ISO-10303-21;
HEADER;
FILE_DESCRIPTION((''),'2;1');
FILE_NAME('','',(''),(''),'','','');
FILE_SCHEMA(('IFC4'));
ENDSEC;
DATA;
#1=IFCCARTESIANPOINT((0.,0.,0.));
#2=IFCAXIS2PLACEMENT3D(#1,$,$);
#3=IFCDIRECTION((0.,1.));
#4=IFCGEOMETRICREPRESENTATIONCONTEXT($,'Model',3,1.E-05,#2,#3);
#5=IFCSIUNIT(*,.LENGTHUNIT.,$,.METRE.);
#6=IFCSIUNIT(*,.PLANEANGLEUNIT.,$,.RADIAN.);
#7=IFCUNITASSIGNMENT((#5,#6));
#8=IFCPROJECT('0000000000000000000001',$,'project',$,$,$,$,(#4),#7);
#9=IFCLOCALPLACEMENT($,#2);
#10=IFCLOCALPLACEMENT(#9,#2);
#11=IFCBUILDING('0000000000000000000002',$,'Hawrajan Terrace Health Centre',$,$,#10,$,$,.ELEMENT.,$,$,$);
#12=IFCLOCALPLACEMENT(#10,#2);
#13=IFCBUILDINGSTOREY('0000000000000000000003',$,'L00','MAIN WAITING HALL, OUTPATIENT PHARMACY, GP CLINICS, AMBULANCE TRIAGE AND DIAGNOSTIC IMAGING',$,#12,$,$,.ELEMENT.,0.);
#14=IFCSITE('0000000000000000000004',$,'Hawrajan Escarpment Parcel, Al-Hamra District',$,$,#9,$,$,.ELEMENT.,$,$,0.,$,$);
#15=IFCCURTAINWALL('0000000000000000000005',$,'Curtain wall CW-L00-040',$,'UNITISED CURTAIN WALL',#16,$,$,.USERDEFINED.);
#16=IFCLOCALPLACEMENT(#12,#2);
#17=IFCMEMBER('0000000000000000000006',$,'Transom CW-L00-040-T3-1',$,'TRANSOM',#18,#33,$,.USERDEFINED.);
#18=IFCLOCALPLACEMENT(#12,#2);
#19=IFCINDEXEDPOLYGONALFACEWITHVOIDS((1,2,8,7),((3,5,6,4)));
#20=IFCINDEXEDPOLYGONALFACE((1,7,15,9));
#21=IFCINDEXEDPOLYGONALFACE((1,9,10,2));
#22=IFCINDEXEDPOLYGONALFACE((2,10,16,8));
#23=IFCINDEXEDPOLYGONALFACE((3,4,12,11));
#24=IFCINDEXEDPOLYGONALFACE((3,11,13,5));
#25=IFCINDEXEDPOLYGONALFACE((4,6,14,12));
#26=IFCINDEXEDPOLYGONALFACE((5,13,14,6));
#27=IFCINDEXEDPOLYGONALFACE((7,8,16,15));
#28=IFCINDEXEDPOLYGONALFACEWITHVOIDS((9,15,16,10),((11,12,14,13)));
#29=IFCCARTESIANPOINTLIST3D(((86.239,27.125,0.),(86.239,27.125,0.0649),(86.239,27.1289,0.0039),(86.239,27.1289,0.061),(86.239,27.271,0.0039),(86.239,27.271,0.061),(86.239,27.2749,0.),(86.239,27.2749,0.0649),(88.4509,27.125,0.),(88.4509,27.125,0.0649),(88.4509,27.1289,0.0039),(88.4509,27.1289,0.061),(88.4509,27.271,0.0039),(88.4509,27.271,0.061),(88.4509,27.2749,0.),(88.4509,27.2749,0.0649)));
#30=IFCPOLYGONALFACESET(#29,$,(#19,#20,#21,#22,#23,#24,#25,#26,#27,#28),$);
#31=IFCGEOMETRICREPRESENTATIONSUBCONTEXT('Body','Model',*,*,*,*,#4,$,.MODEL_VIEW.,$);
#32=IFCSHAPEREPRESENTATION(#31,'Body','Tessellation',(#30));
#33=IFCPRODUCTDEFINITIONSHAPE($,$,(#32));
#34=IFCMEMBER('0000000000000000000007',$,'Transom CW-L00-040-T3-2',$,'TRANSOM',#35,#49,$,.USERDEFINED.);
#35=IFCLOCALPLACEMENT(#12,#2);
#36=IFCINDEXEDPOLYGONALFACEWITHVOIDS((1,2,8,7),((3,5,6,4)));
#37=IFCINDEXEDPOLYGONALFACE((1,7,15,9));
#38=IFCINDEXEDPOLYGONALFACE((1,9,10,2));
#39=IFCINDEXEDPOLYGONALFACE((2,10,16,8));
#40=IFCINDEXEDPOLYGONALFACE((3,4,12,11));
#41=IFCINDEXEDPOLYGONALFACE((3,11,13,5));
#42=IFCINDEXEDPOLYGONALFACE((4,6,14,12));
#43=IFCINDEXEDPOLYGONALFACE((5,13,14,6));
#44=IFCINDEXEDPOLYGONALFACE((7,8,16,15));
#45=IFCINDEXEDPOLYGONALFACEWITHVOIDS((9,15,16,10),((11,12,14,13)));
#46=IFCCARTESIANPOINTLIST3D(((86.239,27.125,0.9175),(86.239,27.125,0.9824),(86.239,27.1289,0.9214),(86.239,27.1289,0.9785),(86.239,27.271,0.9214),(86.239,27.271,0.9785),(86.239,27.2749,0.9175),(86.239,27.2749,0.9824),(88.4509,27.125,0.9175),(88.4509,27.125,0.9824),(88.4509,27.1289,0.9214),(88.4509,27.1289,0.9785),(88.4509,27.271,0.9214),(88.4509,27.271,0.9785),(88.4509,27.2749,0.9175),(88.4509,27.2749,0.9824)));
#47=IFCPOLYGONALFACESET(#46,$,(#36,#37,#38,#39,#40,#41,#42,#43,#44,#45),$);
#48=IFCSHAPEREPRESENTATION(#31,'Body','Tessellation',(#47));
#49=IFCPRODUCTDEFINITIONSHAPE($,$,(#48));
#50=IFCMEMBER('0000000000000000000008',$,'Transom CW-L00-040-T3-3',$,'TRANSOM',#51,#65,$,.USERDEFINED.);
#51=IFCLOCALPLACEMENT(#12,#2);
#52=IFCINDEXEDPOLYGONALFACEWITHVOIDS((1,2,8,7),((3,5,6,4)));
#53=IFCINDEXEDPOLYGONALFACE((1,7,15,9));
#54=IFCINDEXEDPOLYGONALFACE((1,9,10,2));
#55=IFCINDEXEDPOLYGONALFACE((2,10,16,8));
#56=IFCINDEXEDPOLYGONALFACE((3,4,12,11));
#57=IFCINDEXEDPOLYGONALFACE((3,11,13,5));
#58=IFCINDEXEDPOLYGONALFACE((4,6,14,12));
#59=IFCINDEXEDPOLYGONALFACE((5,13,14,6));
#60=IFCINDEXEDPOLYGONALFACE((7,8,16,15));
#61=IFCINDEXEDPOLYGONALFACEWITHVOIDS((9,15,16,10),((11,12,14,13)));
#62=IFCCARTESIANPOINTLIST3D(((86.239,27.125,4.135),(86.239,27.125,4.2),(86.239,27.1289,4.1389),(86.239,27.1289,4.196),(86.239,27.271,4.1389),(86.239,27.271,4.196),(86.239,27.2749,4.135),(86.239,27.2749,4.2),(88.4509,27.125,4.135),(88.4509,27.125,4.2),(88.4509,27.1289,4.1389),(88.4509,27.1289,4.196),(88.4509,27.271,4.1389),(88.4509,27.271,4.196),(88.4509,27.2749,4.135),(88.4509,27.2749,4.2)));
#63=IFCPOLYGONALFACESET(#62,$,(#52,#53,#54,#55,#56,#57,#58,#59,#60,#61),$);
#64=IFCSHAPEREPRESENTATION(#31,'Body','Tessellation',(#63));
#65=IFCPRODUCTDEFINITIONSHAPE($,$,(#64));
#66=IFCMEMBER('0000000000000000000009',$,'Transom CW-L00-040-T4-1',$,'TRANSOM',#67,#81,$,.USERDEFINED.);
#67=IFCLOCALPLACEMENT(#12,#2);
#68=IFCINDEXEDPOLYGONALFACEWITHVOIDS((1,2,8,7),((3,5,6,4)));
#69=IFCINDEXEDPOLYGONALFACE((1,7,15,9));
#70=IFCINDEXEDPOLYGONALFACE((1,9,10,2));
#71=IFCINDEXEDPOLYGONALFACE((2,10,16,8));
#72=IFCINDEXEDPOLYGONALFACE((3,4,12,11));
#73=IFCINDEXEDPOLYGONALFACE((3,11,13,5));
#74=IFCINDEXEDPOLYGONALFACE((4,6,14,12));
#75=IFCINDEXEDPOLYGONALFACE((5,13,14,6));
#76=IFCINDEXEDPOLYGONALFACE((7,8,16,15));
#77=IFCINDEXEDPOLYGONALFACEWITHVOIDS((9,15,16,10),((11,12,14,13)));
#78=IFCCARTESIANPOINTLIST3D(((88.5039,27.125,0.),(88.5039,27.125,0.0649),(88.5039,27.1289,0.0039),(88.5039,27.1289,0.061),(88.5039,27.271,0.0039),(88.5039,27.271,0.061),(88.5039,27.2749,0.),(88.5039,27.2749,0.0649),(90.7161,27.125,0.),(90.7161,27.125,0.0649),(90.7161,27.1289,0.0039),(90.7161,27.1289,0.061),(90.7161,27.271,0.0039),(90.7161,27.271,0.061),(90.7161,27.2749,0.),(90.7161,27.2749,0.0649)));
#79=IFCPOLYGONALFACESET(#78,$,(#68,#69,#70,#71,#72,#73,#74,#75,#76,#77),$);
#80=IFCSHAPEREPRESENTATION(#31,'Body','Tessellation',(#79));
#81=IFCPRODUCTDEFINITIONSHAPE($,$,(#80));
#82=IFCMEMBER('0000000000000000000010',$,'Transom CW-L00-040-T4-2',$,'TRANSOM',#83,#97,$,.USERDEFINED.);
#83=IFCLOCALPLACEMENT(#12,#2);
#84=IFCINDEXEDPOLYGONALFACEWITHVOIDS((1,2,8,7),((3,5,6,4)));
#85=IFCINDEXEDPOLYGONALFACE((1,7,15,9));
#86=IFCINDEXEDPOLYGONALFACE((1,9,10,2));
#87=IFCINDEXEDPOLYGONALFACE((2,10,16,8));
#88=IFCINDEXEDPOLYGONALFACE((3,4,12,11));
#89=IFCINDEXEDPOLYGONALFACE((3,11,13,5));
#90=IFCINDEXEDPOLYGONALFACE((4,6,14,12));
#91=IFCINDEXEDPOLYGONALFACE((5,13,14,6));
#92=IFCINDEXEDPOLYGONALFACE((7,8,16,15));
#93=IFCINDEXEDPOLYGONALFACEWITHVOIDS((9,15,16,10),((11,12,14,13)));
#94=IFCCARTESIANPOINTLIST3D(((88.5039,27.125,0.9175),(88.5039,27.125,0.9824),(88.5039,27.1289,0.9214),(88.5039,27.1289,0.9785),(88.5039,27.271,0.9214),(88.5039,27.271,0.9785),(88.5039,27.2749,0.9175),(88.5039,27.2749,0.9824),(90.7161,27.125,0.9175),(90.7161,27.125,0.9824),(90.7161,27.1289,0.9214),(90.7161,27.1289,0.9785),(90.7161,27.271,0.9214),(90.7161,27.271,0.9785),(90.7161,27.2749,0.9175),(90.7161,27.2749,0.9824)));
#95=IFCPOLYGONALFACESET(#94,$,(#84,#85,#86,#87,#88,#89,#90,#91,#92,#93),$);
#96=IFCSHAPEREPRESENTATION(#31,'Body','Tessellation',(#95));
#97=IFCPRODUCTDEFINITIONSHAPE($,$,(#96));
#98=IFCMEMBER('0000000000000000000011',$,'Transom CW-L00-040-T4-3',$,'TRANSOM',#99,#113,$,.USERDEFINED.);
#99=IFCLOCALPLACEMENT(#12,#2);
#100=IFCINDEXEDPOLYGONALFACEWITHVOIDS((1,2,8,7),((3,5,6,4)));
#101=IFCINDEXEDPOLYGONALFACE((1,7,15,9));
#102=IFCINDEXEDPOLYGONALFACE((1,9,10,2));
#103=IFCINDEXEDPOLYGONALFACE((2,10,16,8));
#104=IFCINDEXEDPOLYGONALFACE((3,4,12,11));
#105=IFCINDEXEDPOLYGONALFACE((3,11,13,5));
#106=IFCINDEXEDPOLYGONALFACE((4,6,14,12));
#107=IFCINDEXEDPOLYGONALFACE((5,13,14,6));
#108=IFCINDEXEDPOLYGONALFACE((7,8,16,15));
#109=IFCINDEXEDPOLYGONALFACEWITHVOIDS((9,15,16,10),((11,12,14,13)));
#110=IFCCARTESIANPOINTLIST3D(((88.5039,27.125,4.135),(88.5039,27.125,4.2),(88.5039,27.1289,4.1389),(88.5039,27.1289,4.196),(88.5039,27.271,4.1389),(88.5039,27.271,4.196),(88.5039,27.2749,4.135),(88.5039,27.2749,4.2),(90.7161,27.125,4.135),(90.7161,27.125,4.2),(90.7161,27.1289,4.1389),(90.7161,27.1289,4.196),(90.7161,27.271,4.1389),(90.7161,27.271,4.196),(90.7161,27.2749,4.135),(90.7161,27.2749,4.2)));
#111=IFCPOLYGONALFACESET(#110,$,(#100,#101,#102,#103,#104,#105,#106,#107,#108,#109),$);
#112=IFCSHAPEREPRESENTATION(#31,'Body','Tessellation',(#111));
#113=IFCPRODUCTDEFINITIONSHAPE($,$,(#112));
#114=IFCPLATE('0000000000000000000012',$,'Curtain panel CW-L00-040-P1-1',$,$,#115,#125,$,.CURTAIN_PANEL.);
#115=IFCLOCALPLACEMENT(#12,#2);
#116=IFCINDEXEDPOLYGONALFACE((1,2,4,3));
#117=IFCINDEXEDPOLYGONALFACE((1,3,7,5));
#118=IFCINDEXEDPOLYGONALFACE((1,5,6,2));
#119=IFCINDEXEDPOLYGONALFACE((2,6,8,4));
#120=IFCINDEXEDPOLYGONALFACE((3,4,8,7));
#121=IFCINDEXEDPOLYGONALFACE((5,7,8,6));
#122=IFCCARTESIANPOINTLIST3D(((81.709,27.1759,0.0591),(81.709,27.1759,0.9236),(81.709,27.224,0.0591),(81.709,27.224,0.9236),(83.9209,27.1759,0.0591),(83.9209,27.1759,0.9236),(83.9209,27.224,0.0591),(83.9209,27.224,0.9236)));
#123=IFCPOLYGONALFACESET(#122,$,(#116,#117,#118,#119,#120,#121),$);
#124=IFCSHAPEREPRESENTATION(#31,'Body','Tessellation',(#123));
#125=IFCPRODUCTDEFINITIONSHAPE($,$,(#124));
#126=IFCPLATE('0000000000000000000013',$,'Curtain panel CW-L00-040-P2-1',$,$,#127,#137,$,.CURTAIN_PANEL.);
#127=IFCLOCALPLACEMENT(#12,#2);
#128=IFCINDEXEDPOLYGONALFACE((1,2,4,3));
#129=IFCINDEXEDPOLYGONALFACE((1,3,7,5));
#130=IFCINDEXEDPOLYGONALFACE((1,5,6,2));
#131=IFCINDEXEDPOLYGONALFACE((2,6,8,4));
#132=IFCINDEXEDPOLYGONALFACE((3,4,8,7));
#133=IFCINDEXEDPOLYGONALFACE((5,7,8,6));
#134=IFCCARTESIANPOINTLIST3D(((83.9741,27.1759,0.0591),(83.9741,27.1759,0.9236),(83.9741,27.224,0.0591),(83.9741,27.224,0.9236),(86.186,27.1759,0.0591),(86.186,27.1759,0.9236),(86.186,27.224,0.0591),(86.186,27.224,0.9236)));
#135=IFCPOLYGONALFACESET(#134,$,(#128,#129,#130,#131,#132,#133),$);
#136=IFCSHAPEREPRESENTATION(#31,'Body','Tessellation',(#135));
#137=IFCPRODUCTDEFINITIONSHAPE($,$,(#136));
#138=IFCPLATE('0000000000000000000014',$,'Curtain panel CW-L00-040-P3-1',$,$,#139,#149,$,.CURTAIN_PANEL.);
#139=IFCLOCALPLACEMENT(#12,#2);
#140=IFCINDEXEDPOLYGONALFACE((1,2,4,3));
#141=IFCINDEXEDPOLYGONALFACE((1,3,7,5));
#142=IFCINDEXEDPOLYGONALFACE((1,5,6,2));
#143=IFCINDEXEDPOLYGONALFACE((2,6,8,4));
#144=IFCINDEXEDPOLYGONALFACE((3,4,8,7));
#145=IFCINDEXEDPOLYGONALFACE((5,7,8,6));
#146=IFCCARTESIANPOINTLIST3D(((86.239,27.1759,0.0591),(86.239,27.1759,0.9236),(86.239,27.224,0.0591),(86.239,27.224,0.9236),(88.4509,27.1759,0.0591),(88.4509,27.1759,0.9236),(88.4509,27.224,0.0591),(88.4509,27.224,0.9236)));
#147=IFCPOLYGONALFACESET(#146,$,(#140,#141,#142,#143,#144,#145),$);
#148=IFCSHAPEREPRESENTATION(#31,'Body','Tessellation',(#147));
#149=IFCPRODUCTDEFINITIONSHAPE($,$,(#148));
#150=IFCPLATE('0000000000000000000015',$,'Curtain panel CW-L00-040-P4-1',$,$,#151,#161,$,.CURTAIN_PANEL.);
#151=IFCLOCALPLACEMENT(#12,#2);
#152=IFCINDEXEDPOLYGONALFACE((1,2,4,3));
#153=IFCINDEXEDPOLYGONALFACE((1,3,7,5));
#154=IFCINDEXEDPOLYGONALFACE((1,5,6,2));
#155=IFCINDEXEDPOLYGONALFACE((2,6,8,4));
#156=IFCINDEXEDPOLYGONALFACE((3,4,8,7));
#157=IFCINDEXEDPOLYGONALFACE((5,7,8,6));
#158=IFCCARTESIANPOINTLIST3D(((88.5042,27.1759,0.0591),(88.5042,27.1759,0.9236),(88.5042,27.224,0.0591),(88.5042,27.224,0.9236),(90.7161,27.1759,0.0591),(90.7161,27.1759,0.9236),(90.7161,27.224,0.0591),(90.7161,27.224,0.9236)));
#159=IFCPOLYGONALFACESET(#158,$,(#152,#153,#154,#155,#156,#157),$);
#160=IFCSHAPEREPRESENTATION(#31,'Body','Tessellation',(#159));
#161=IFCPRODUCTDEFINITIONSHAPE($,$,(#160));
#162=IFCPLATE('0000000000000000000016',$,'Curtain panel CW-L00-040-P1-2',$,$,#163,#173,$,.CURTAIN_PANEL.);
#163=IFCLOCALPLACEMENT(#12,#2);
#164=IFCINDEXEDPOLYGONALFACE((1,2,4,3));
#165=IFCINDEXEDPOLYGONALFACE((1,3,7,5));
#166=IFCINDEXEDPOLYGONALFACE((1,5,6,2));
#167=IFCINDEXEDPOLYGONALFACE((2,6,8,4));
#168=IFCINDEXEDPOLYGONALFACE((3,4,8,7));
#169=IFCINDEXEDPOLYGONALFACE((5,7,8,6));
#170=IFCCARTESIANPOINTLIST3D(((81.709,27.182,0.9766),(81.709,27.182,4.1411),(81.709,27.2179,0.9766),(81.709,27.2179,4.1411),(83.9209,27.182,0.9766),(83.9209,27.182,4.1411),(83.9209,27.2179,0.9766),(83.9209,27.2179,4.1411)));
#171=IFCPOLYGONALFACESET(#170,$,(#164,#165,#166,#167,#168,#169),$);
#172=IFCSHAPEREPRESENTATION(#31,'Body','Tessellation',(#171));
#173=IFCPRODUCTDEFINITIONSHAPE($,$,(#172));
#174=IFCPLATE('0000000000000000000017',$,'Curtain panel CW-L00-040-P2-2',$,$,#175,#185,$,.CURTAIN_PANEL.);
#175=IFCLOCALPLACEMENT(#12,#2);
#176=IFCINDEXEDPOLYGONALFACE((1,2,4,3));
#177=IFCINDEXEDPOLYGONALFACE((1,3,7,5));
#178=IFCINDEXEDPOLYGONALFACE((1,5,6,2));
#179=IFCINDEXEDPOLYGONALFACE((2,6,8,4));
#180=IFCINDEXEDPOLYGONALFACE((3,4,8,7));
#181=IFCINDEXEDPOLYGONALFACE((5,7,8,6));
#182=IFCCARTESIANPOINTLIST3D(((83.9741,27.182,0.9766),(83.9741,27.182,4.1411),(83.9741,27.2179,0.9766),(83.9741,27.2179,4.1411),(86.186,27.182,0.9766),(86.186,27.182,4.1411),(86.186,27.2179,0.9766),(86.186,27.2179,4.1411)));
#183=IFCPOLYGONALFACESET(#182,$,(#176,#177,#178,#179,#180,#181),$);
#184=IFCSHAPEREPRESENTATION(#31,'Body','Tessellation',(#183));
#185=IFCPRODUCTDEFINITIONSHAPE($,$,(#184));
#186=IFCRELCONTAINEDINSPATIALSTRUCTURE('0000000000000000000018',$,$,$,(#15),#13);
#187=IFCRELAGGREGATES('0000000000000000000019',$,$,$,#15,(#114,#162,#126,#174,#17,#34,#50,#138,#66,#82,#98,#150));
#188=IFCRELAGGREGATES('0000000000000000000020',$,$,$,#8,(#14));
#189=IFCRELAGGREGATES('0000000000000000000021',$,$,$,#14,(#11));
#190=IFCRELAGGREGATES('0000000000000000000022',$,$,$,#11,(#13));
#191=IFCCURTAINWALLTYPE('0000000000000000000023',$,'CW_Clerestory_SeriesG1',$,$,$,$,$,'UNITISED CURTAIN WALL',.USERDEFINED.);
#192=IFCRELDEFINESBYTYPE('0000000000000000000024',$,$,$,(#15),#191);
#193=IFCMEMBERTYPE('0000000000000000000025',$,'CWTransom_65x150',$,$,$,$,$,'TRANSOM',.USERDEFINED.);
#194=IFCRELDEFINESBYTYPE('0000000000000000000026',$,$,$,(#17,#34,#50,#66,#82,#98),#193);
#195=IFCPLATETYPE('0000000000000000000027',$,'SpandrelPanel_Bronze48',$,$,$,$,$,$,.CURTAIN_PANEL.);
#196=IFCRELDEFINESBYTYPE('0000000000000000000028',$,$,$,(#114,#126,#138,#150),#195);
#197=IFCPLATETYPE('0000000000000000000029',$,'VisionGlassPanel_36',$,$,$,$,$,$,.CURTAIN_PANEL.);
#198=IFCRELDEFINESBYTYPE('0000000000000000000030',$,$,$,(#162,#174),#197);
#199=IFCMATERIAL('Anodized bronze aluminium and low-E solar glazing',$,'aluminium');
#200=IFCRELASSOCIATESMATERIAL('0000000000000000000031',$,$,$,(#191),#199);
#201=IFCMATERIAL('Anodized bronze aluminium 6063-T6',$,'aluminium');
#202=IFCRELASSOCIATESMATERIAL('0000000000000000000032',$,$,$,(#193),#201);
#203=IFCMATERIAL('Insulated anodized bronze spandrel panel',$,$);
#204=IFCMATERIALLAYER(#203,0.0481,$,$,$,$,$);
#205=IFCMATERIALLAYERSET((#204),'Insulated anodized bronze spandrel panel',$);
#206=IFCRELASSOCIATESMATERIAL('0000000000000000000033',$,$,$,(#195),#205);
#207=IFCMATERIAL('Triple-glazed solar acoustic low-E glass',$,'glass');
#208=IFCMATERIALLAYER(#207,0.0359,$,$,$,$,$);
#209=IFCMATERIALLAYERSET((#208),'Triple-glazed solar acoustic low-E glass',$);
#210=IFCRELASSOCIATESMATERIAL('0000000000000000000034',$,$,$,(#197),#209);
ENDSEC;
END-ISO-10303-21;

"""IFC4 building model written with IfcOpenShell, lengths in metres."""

from ifc_helpers import new_model, si_unit, direction, frame, origin, origin_2d, place, context, subcontext, project, spatial, rectangle, hollow_rectangle, extrude, material, layer, layer_set, material_profile, profile_set, type_object, element, aggregate, save


model = new_model("IFC4")

# Units and contexts
model_context = context("Model", 3, precision=1e-05, world=origin(), true_north=direction((0.0, 1.0)))
body_context = subcontext(model_context, "Body", "Model", "MODEL_VIEW")
ifc_project = project(units=[si_unit("LENGTHUNIT", "METRE"), si_unit("PLANEANGLEUNIT", "RADIAN")], contexts=[model_context])

# Site, building, storey
site_placement = place(None, origin())
site = spatial("IfcSite", under=ifc_project, at=site_placement, Name="Hawrajan Escarpment Parcel, Al-Hamra District", CompositionType="ELEMENT", RefElevation=0.0)
building_placement = place(site_placement, origin())
building = spatial("IfcBuilding", under=site, at=building_placement, Name="Hawrajan Terrace Health Centre", CompositionType="ELEMENT")
storey_placement = place(building_placement, origin())
storey = spatial("IfcBuildingStorey", under=building, at=storey_placement, Name="L00", Description="MAIN WAITING HALL, OUTPATIENT PHARMACY, GP CLINICS, AMBULANCE TRIAGE AND DIAGNOSTIC IMAGING", CompositionType="ELEMENT", Elevation=0.0)

# Curtain wall, members, plates
ifc_material_1 = material(Name="Anodized bronze aluminium and low-E solar glazing", Category="aluminium")
curtain_wall_type = type_object("IfcCurtainWallType", Name="CW_Clerestory_SeriesG1", ElementType="UNITISED CURTAIN WALL", PredefinedType="USERDEFINED", material=ifc_material_1)
curtain_wall_placement = place(storey_placement, origin())
curtain_wall = element("IfcCurtainWall", 1, at=curtain_wall_placement, inside=storey, type_object=curtain_wall_type, Name="Curtain wall CW-L00-040", ObjectType="UNITISED CURTAIN WALL", PredefinedType="USERDEFINED")
ifc_material_2 = material(Name="Anodized bronze aluminium 6063-T6", Category="aluminium")
ifc_material_profile_1 = material_profile(ifc_material_2, hollow_rectangle(XDim=0.0649, YDim=0.1499, WallThickness=0.0039, at=origin_2d()), Name="CW TRN 65x150")
ifc_profile_set_1 = profile_set([ifc_material_profile_1], Name="Anodized bronze aluminium 6063-T6")
member_type_1 = type_object("IfcMemberType", Name="CWTransom_65x150", ElementType="TRANSOM", PredefinedType="USERDEFINED", material=ifc_profile_set_1)
member_1_placement = place(storey_placement, frame((86.239, 27.2, 0.0325), z_axis=(1.0, 0.0, 0.0), x_axis=(0.0, 0.0, 1.0)))
member_1 = element("IfcMember", 2, at=member_1_placement, type_object=member_type_1, Name="Transom CW-L00-040-T3-1", ObjectType="TRANSOM", PredefinedType="USERDEFINED", context=body_context, shape_type="SweptSolid", body=[
    extrude(hollow_rectangle(XDim=0.0649, YDim=0.1499, WallThickness=0.0039, at=origin_2d()), origin(), (0.0, 0.0, 1.0), 2.2119),
])
member_2_placement = place(storey_placement, frame((86.239, 27.2, 0.95), z_axis=(1.0, 0.0, 0.0), x_axis=(0.0, 0.0, 1.0)))
member_2 = element("IfcMember", 3, at=member_2_placement, type_object=member_type_1, Name="Transom CW-L00-040-T3-2", ObjectType="TRANSOM", PredefinedType="USERDEFINED", context=body_context, shape_type="SweptSolid", body=[
    extrude(hollow_rectangle(XDim=0.0649, YDim=0.1499, WallThickness=0.0039, at=origin_2d()), origin(), (0.0, 0.0, 1.0), 2.2119),
])
member_3_placement = place(storey_placement, frame((86.239, 27.2, 4.1675), z_axis=(1.0, 0.0, 0.0), x_axis=(0.0, 0.0, 1.0)))
member_3 = element("IfcMember", 4, at=member_3_placement, type_object=member_type_1, Name="Transom CW-L00-040-T3-3", ObjectType="TRANSOM", PredefinedType="USERDEFINED", context=body_context, shape_type="SweptSolid", body=[
    extrude(hollow_rectangle(XDim=0.0649, YDim=0.1499, WallThickness=0.0039, at=origin_2d()), origin(), (0.0, 0.0, 1.0), 2.2119),
])
member_4_placement = place(storey_placement, frame((88.5039, 27.2, 0.0325), z_axis=(1.0, 0.0, 0.0), x_axis=(0.0, 0.0, 1.0)))
member_4 = element("IfcMember", 5, at=member_4_placement, type_object=member_type_1, Name="Transom CW-L00-040-T4-1", ObjectType="TRANSOM", PredefinedType="USERDEFINED", context=body_context, shape_type="SweptSolid", body=[
    extrude(hollow_rectangle(XDim=0.0649, YDim=0.1499, WallThickness=0.0039, at=origin_2d()), origin(), (0.0, 0.0, 1.0), 2.2122),
])
member_5_placement = place(storey_placement, frame((88.5039, 27.2, 0.95), z_axis=(1.0, 0.0, 0.0), x_axis=(0.0, 0.0, 1.0)))
member_5 = element("IfcMember", 6, at=member_5_placement, type_object=member_type_1, Name="Transom CW-L00-040-T4-2", ObjectType="TRANSOM", PredefinedType="USERDEFINED", context=body_context, shape_type="SweptSolid", body=[
    extrude(hollow_rectangle(XDim=0.0649, YDim=0.1499, WallThickness=0.0039, at=origin_2d()), origin(), (0.0, 0.0, 1.0), 2.2122),
])
member_6_placement = place(storey_placement, frame((88.5039, 27.2, 4.1675), z_axis=(1.0, 0.0, 0.0), x_axis=(0.0, 0.0, 1.0)))
member_6 = element("IfcMember", 7, at=member_6_placement, type_object=member_type_1, Name="Transom CW-L00-040-T4-3", ObjectType="TRANSOM", PredefinedType="USERDEFINED", context=body_context, shape_type="SweptSolid", body=[
    extrude(hollow_rectangle(XDim=0.0649, YDim=0.1499, WallThickness=0.0039, at=origin_2d()), origin(), (0.0, 0.0, 1.0), 2.2122),
])
ifc_material_3 = material(Name="Insulated anodized bronze spandrel panel")
ifc_layer_1 = layer(ifc_material_3, 0.0481)
ifc_layer_set_1 = layer_set([ifc_layer_1], Name="Insulated anodized bronze spandrel panel")
plate_type_1 = type_object("IfcPlateType", Name="SpandrelPanel_Bronze48", PredefinedType="CURTAIN_PANEL", material=ifc_layer_set_1)
plate_1_placement = place(storey_placement, frame((82.8149, 27.2, 0.0591), z_axis=(0.0, 0.0, 1.0), x_axis=(1.0, 0.0, 0.0)))
plate_1 = element("IfcPlate", 8, at=plate_1_placement, type_object=plate_type_1, Name="Curtain panel CW-L00-040-P1-1", PredefinedType="CURTAIN_PANEL", context=body_context, shape_type="SweptSolid", body=[
    extrude(rectangle(XDim=2.2119, YDim=0.0481, at=origin_2d()), origin(), (0.0, 0.0, 1.0), 0.8645),
])
plate_2_placement = place(storey_placement, frame((85.0801, 27.2, 0.0591), z_axis=(0.0, 0.0, 1.0), x_axis=(1.0, 0.0, 0.0)))
plate_2 = element("IfcPlate", 9, at=plate_2_placement, type_object=plate_type_1, Name="Curtain panel CW-L00-040-P2-1", PredefinedType="CURTAIN_PANEL", context=body_context, shape_type="SweptSolid", body=[
    extrude(rectangle(XDim=2.2119, YDim=0.0481, at=origin_2d()), origin(), (0.0, 0.0, 1.0), 0.8645),
])
plate_3_placement = place(storey_placement, frame((87.345, 27.2, 0.0591), z_axis=(0.0, 0.0, 1.0), x_axis=(1.0, 0.0, 0.0)))
plate_3 = element("IfcPlate", 10, at=plate_3_placement, type_object=plate_type_1, Name="Curtain panel CW-L00-040-P3-1", PredefinedType="CURTAIN_PANEL", context=body_context, shape_type="SweptSolid", body=[
    extrude(rectangle(XDim=2.2119, YDim=0.0481, at=origin_2d()), origin(), (0.0, 0.0, 1.0), 0.8645),
])
plate_4_placement = place(storey_placement, frame((89.6101, 27.2, 0.0591), z_axis=(0.0, 0.0, 1.0), x_axis=(1.0, 0.0, 0.0)))
plate_4 = element("IfcPlate", 11, at=plate_4_placement, type_object=plate_type_1, Name="Curtain panel CW-L00-040-P4-1", PredefinedType="CURTAIN_PANEL", context=body_context, shape_type="SweptSolid", body=[
    extrude(rectangle(XDim=2.2119, YDim=0.0481, at=origin_2d()), origin(), (0.0, 0.0, 1.0), 0.8645),
])
ifc_material_4 = material(Name="Triple-glazed solar acoustic low-E glass", Category="glass")
ifc_layer_2 = layer(ifc_material_4, 0.0359)
ifc_layer_set_2 = layer_set([ifc_layer_2], Name="Triple-glazed solar acoustic low-E glass")
plate_type_2 = type_object("IfcPlateType", Name="VisionGlassPanel_36", PredefinedType="CURTAIN_PANEL", material=ifc_layer_set_2)
plate_5_placement = place(storey_placement, frame((82.8149, 27.2, 0.9766), z_axis=(0.0, 0.0, 1.0), x_axis=(1.0, 0.0, 0.0)))
plate_5 = element("IfcPlate", 12, at=plate_5_placement, type_object=plate_type_2, Name="Curtain panel CW-L00-040-P1-2", PredefinedType="CURTAIN_PANEL", context=body_context, shape_type="SweptSolid", body=[
    extrude(rectangle(XDim=2.2119, YDim=0.0359, at=origin_2d()), origin(), (0.0, 0.0, 1.0), 3.1646),
])
plate_6_placement = place(storey_placement, frame((85.0801, 27.2, 0.9766), z_axis=(0.0, 0.0, 1.0), x_axis=(1.0, 0.0, 0.0)))
plate_6 = element("IfcPlate", 13, at=plate_6_placement, type_object=plate_type_2, Name="Curtain panel CW-L00-040-P2-2", PredefinedType="CURTAIN_PANEL", context=body_context, shape_type="SweptSolid", body=[
    extrude(rectangle(XDim=2.2119, YDim=0.0359, at=origin_2d()), origin(), (0.0, 0.0, 1.0), 3.1646),
])
aggregate(curtain_wall, [plate_1, plate_5, plate_2, plate_6, member_1, member_2, member_3, plate_3, member_4, member_5, member_6, plate_4])

save(model, "model.ifc")
